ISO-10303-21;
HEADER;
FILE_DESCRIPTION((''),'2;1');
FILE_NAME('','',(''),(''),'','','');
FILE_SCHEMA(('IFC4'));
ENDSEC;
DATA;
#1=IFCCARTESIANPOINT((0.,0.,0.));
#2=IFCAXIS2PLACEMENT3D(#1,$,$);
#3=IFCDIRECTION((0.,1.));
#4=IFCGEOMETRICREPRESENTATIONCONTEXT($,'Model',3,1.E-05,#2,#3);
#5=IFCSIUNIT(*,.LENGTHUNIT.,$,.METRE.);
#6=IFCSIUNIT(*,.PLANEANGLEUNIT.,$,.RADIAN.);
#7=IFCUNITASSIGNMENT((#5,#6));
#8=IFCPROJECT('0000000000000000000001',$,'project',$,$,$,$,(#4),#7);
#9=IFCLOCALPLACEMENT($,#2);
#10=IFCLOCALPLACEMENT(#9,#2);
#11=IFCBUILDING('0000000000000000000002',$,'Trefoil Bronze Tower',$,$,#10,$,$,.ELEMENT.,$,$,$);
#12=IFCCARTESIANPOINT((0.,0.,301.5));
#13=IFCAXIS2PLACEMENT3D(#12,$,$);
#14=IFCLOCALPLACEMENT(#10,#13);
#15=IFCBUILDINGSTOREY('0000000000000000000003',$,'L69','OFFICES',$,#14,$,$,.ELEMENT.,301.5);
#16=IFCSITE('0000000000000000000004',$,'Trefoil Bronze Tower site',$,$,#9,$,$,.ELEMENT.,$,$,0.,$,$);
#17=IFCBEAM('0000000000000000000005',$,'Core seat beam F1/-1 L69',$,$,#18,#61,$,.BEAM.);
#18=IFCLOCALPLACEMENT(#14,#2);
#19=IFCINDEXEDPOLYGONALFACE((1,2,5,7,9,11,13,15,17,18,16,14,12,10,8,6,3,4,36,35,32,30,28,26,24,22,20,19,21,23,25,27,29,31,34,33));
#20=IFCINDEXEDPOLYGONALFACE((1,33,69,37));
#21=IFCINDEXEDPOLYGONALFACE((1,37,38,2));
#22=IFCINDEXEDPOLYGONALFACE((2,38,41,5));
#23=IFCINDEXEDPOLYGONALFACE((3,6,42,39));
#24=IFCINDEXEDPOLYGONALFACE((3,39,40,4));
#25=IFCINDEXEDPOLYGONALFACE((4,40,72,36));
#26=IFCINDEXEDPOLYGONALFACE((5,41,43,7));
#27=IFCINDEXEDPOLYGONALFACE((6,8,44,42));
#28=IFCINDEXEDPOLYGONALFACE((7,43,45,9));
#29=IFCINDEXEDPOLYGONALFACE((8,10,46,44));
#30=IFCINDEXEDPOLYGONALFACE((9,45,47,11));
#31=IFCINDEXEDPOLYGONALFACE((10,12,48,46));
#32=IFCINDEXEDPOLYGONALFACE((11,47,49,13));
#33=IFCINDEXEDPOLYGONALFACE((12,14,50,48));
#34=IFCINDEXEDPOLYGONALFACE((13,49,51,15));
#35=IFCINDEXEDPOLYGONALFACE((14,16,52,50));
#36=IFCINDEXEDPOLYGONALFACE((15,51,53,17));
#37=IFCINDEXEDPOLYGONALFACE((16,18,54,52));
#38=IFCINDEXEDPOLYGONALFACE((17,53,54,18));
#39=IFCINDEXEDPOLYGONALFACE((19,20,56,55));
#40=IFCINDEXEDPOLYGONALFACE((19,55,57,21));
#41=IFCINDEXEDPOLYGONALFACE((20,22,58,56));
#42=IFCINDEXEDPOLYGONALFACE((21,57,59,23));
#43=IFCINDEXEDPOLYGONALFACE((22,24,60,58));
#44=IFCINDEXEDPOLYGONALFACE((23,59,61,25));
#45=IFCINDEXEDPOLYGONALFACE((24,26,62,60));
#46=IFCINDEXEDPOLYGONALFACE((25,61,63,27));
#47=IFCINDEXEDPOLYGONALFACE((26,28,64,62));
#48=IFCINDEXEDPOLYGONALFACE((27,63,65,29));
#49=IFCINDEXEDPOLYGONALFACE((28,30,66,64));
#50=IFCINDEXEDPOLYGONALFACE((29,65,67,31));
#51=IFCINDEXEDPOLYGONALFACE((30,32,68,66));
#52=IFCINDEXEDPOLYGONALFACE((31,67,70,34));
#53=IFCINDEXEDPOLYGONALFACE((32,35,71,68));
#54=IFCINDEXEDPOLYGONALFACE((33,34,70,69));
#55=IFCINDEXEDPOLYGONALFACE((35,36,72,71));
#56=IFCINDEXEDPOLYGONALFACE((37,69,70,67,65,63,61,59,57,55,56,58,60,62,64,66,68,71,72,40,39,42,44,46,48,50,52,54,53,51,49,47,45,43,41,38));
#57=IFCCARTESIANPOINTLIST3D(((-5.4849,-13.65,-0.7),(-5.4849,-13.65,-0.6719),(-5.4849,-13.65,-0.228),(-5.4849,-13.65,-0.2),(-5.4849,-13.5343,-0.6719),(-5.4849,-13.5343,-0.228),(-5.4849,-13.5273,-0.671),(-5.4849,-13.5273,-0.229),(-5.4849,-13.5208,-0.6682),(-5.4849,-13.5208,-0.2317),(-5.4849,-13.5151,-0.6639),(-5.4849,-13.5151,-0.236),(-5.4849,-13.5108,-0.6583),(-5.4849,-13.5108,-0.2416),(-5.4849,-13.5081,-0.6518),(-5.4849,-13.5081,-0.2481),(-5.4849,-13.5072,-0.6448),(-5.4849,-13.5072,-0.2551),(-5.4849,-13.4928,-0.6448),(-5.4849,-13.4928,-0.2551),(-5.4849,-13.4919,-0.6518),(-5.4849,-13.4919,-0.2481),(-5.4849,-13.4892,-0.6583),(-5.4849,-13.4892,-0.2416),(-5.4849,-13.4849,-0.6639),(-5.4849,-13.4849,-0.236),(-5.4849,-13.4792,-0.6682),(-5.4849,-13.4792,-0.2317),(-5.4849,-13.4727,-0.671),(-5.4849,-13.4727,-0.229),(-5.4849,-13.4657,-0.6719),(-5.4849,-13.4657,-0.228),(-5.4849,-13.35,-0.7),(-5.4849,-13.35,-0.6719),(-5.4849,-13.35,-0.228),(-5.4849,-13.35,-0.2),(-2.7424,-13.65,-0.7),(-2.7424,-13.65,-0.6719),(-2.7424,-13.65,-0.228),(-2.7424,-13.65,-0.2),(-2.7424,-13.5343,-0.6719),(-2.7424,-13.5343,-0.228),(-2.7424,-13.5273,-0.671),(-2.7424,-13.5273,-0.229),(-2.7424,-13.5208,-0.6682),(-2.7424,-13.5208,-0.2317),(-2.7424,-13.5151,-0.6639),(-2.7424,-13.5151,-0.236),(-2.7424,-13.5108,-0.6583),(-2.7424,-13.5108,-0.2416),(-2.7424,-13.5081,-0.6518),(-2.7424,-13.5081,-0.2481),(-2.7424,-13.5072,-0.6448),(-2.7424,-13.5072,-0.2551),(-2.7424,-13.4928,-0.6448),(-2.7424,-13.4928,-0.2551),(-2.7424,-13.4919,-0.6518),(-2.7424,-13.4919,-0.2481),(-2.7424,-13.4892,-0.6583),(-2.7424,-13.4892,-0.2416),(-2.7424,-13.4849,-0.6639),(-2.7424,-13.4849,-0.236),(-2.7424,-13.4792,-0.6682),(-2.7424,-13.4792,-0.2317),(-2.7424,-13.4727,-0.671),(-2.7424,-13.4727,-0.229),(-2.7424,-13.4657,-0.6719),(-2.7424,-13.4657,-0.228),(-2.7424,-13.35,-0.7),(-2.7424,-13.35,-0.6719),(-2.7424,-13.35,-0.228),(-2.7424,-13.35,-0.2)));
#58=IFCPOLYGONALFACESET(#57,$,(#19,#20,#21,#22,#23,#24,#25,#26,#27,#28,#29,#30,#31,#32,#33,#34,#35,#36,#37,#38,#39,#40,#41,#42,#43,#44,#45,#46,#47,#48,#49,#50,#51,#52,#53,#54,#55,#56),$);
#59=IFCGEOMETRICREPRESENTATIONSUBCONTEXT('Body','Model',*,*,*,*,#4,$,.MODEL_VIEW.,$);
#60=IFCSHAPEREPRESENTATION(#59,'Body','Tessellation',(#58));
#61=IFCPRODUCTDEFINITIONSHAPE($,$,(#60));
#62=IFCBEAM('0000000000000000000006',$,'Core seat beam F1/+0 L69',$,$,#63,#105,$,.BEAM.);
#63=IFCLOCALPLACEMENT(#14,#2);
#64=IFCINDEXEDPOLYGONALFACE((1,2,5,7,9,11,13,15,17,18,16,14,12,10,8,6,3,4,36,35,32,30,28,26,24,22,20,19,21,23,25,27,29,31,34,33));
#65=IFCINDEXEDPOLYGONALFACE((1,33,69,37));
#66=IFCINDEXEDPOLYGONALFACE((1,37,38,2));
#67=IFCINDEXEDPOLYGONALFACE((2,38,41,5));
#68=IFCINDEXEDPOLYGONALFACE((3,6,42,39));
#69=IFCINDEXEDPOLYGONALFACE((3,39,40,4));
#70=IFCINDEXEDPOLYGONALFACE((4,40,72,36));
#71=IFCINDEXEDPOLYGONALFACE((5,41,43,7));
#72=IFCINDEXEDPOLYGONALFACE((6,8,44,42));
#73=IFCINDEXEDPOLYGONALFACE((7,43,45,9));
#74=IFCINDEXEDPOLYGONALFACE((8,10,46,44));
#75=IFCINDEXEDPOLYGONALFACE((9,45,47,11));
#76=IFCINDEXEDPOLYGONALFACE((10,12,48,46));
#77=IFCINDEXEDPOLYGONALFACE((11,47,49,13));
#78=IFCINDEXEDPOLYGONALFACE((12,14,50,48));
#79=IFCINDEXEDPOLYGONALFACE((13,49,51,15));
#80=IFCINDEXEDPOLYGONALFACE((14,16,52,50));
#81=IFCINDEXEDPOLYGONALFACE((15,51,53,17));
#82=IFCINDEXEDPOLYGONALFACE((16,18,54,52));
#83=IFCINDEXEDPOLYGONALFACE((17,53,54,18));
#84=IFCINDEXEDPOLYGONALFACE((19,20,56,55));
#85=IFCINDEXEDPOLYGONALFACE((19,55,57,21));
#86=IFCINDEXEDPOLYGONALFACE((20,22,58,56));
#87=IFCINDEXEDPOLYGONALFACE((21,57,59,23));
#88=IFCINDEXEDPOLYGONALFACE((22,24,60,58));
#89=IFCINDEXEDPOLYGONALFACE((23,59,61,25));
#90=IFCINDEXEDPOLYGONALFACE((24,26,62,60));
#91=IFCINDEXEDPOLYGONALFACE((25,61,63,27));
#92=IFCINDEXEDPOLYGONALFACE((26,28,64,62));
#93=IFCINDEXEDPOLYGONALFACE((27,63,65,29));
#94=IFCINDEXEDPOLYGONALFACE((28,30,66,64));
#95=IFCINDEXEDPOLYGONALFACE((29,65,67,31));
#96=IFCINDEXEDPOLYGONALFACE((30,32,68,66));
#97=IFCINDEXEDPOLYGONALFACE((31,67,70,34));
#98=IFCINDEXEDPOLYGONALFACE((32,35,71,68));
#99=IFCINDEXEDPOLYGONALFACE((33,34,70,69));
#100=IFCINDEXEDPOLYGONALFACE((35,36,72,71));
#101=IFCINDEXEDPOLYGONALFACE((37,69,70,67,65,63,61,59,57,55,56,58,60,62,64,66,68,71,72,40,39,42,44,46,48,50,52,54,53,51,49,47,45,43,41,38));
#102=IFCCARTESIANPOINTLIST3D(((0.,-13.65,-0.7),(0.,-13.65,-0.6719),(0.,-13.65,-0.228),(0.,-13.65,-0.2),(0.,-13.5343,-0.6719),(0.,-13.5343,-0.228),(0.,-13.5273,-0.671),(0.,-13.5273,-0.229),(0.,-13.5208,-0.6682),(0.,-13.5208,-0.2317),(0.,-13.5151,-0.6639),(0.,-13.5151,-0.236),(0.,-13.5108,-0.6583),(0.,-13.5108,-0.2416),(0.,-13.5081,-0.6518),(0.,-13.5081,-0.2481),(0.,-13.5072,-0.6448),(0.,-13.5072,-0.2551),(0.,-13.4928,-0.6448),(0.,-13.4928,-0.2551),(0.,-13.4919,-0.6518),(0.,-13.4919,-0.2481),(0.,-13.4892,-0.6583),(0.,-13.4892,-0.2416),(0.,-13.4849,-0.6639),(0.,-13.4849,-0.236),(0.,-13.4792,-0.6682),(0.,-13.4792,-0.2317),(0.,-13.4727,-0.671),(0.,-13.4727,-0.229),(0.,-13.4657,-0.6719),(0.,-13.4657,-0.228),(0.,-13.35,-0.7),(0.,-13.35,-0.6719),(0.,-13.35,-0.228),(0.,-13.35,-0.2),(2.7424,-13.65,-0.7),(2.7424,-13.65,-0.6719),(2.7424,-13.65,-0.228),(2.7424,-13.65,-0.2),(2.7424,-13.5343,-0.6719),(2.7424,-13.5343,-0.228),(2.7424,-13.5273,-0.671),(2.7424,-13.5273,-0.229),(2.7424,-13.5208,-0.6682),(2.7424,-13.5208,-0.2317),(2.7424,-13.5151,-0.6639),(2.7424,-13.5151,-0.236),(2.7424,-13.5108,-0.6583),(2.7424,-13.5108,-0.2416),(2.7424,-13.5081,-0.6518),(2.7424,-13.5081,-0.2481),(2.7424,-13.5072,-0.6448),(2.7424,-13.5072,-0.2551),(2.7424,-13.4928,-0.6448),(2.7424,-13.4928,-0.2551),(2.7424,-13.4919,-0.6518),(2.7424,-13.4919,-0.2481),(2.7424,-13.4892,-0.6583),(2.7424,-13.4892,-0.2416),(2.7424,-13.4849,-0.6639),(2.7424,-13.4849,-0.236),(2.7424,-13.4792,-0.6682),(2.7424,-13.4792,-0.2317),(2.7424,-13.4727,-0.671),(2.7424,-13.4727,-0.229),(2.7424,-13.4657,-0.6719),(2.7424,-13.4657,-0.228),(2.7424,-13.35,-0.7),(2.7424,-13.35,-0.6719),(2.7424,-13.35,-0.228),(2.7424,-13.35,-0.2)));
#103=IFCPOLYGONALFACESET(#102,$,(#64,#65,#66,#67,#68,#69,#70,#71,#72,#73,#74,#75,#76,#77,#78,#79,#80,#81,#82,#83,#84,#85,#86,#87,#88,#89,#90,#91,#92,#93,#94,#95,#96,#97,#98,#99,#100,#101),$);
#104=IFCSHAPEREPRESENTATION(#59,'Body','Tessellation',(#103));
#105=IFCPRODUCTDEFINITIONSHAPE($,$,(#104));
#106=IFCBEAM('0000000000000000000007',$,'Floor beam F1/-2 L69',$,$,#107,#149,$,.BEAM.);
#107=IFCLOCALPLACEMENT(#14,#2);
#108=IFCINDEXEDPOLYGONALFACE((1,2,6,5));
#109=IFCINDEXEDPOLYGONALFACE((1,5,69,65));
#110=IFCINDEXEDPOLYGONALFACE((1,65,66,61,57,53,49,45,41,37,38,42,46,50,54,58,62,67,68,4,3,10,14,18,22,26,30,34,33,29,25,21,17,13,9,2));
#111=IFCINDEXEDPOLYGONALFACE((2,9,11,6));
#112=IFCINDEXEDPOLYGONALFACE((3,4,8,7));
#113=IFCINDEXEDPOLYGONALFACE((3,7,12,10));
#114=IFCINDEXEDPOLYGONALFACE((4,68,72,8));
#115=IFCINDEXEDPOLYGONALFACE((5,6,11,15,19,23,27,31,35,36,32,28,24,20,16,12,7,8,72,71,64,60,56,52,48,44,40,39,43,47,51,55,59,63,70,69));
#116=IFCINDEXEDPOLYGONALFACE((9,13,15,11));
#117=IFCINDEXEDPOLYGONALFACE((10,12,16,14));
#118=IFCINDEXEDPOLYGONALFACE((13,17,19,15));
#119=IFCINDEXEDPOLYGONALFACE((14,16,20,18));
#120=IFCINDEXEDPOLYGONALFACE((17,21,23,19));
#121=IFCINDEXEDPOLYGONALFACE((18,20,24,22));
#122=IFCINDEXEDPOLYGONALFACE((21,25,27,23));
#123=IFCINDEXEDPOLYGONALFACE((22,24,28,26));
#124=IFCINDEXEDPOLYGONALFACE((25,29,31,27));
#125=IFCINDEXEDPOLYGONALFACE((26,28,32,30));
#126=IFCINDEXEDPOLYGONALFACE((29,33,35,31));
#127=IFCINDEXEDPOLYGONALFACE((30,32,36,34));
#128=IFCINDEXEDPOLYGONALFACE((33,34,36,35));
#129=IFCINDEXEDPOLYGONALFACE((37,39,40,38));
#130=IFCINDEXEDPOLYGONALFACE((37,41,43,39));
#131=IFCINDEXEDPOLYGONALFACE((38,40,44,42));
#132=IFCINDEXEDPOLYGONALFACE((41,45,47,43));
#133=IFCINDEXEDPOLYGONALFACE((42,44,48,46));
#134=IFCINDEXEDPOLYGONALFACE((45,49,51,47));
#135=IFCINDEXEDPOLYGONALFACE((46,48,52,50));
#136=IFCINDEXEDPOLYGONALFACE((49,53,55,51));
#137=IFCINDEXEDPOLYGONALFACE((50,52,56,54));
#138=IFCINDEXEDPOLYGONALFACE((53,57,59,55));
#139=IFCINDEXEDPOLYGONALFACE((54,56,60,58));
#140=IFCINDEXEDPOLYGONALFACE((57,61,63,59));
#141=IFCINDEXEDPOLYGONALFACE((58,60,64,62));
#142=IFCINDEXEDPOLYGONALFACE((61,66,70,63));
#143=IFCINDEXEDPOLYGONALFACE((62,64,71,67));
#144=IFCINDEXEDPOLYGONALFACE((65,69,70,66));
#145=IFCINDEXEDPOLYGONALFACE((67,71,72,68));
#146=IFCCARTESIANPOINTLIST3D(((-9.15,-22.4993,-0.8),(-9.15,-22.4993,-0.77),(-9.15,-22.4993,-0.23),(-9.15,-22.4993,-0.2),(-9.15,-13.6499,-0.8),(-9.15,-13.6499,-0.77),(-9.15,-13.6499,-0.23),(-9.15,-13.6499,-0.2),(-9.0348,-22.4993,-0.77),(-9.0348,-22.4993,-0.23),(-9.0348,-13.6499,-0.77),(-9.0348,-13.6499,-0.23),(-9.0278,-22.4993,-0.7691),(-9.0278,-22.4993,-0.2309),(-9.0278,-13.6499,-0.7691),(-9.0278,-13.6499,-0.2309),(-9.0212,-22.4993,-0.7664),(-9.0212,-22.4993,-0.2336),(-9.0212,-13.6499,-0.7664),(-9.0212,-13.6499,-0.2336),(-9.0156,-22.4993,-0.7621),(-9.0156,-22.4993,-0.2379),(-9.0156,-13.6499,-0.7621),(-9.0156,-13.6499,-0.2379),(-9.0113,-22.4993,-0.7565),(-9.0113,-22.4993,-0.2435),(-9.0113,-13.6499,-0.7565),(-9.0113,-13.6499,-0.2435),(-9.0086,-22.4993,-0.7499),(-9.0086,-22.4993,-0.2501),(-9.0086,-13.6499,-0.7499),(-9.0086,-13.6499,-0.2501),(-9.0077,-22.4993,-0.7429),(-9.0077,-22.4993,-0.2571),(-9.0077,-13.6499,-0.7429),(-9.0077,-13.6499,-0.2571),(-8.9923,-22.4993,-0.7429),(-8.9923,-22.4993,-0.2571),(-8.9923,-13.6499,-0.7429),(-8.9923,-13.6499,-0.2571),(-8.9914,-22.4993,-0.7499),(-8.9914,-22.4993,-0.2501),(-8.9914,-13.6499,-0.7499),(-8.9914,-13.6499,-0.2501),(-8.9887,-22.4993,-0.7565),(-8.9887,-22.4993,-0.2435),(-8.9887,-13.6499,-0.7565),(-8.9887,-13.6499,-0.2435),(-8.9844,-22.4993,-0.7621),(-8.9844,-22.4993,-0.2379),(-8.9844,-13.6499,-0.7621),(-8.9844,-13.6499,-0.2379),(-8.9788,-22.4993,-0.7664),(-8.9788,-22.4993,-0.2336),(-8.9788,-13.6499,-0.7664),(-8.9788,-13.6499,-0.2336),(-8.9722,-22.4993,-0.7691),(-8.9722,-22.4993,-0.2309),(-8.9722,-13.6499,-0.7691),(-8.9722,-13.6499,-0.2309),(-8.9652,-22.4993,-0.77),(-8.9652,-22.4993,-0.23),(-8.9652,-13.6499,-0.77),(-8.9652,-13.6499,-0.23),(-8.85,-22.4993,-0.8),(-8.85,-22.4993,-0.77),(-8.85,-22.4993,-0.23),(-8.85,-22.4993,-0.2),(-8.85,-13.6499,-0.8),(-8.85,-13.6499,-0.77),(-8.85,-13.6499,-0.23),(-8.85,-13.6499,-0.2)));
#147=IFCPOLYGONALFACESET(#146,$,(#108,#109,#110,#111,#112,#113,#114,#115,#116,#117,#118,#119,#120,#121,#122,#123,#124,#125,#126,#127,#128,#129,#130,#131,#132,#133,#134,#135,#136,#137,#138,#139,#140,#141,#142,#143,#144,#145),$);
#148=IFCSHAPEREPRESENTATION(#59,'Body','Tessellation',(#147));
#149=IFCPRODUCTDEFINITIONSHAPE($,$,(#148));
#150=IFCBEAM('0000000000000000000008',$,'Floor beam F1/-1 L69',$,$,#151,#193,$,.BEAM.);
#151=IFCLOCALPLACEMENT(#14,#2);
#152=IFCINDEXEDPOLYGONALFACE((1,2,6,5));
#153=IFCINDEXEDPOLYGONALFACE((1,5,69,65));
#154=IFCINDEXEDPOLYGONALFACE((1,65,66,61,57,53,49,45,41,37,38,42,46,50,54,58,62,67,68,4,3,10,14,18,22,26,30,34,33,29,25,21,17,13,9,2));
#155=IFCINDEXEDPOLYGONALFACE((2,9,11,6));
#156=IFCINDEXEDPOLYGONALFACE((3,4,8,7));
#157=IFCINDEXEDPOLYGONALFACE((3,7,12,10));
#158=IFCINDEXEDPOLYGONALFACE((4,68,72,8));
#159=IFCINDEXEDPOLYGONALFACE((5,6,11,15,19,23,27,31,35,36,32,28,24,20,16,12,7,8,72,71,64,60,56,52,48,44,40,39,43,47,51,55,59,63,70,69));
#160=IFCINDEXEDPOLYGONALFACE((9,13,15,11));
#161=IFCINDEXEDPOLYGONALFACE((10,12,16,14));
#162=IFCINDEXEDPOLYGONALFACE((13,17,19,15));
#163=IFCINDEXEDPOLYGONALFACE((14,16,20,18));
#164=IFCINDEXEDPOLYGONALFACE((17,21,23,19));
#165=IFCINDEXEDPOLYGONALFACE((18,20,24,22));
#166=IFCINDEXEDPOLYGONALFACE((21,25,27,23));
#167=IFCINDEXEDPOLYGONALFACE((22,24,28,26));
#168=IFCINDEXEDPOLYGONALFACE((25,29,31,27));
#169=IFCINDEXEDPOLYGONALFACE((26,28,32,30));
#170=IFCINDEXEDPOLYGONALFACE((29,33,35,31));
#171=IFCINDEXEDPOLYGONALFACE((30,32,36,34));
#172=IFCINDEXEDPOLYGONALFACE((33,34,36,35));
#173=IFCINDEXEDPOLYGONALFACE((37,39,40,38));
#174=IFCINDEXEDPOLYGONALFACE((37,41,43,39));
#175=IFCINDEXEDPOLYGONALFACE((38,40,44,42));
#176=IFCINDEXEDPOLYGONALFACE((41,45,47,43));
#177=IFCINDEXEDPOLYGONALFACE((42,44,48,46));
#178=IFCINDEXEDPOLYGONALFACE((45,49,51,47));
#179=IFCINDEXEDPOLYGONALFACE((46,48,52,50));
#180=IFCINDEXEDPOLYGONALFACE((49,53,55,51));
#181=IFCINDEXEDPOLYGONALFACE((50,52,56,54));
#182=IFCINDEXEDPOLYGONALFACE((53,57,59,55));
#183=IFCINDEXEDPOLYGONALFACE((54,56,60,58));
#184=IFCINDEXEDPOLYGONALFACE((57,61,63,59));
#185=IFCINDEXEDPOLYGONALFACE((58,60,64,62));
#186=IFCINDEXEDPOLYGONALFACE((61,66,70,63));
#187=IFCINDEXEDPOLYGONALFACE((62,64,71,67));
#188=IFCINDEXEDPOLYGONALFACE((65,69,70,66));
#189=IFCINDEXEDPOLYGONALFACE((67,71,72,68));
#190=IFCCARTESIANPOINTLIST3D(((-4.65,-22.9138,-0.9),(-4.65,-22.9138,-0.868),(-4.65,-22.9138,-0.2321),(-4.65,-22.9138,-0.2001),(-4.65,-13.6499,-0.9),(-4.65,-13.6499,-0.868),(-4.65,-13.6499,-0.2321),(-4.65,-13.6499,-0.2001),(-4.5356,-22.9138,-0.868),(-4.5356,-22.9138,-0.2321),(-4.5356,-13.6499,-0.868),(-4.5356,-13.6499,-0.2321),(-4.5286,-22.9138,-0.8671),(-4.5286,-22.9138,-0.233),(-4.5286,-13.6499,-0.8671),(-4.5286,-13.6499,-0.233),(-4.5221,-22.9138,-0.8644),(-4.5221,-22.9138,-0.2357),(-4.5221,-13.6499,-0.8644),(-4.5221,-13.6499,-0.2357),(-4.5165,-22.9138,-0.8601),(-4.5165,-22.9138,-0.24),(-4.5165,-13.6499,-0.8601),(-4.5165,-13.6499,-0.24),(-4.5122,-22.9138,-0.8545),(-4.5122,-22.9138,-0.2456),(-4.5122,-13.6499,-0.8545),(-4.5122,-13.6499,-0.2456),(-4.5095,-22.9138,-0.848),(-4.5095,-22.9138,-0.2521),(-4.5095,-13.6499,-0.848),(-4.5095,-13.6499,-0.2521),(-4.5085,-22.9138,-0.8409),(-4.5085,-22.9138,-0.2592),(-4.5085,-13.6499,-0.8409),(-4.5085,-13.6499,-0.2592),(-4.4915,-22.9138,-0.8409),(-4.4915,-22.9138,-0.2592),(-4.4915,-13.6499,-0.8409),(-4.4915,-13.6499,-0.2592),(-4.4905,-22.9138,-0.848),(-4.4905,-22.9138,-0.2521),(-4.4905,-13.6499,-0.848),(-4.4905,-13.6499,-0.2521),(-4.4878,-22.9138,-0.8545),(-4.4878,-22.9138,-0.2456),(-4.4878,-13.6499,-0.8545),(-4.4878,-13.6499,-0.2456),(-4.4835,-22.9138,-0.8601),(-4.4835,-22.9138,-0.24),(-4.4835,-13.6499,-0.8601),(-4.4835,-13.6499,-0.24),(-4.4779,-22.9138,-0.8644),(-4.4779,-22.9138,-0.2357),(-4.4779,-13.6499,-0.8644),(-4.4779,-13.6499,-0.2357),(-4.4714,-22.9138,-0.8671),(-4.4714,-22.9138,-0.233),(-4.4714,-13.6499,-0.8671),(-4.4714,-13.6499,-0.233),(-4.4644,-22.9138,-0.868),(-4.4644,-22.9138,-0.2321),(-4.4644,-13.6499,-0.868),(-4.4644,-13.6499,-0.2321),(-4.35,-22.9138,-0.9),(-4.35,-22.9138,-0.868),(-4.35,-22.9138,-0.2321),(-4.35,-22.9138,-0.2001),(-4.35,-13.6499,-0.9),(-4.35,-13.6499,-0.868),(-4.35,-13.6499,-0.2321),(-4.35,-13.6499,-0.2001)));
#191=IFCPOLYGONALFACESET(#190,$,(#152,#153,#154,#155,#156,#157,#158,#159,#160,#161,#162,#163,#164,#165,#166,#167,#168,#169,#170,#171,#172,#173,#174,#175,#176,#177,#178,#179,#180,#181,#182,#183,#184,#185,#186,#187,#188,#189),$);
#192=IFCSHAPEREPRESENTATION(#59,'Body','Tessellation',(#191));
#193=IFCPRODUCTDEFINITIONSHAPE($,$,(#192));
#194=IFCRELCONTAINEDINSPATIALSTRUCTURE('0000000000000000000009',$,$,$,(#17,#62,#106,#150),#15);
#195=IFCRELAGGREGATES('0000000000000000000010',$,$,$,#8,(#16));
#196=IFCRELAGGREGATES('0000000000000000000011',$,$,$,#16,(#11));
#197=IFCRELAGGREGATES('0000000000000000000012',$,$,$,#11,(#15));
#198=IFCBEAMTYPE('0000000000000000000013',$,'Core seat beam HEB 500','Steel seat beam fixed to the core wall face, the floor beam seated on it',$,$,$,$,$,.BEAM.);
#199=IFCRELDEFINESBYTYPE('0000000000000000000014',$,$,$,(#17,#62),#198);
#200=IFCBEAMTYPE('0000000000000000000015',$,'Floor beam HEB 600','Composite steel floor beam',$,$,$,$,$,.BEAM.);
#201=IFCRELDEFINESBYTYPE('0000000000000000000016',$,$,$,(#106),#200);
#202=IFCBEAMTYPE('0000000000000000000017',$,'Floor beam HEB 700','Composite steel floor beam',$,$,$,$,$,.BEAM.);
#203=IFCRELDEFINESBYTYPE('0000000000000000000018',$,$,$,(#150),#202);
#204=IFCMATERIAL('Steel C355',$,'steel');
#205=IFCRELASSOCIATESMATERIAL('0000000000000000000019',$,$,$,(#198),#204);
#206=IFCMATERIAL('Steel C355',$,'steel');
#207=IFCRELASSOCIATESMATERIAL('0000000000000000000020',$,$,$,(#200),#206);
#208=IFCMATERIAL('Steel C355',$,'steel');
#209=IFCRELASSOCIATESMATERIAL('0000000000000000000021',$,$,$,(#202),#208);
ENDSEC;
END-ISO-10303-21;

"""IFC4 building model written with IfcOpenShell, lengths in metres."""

from ifc_helpers import new_model, si_unit, direction, frame, origin, origin_2d, place, context, subcontext, project, spatial, i_section, extrude, material, material_profile, profile_set, type_object, element, save


model = new_model("IFC4")

# Units and contexts
model_context = context("Model", 3, precision=1e-05, world=origin(), true_north=direction((0.0, 1.0)))
body_context = subcontext(model_context, "Body", "Model", "MODEL_VIEW")
ifc_project = project(units=[si_unit("LENGTHUNIT", "METRE"), si_unit("PLANEANGLEUNIT", "RADIAN")], contexts=[model_context])

# Site, building, storey
site_placement = place(None, origin())
site = spatial("IfcSite", under=ifc_project, at=site_placement, Name="Trefoil Bronze Tower site", CompositionType="ELEMENT", RefElevation=0.0)
building_placement = place(site_placement, origin())
building = spatial("IfcBuilding", under=site, at=building_placement, Name="Trefoil Bronze Tower", CompositionType="ELEMENT")
storey_placement = place(building_placement, frame((0.0, 0.0, 301.5)))
storey = spatial("IfcBuildingStorey", under=building, at=storey_placement, Name="L69", Description="OFFICES", CompositionType="ELEMENT", Elevation=301.5)

# Beams
ifc_material_1 = material(Name="Steel C355", Category="steel")
ifc_material_profile_1 = material_profile(ifc_material_1, i_section(OverallWidth=0.3, OverallDepth=0.5, WebThickness=0.0144, FlangeThickness=0.0281, FilletRadius=0.0271, at=origin_2d()), Name="HEB 500")
ifc_profile_set_1 = profile_set([ifc_material_profile_1], Name="Steel C355")
beam_type_1 = type_object("IfcBeamType", Name="Core seat beam HEB 500", Description="Steel seat beam fixed to the core wall face, the floor beam seated on it", PredefinedType="BEAM", material=ifc_profile_set_1)
for number, where, z_axis, x_axis, name in (
    (1, (-5.4849, -13.5, -0.45), (1.0, 0.0, 0.0), (0.0, 1.0, 0.0), "Core seat beam F1/-1 L69"),
    (2, (0.0, -13.5, -0.45), (1.0, 0.0, 0.0), (0.0, 1.0, 0.0), "Core seat beam F1/+0 L69"),
):
    element("IfcBeam", number, at=place(storey_placement, frame(where, z_axis=z_axis, x_axis=x_axis)), inside=storey, type_object=beam_type_1, Name=name, PredefinedType="BEAM", context=body_context, shape_type="SweptSolid", body=[
        extrude(i_section(OverallWidth=0.3, OverallDepth=0.5, WebThickness=0.0144, FlangeThickness=0.0281, FilletRadius=0.0271, at=origin_2d()), origin(), (0.0, 0.0, 1.0), 2.7424),
    ])
ifc_material_2 = material(Name="Steel C355", Category="steel")
ifc_material_profile_2 = material_profile(ifc_material_2, i_section(OverallWidth=0.3, OverallDepth=0.6001, WebThickness=0.0154, FlangeThickness=0.03, FilletRadius=0.0271, at=origin_2d()), Name="HEB 600")
ifc_profile_set_2 = profile_set([ifc_material_profile_2], Name="Steel C355")
beam_type_2 = type_object("IfcBeamType", Name="Floor beam HEB 600", Description="Composite steel floor beam", PredefinedType="BEAM", material=ifc_profile_set_2)
beam_1_placement = place(storey_placement, frame((-9.0, -22.4993, -0.5), z_axis=(0.0, 1.0, 0.0), x_axis=(-1.0, 0.0, 0.0)))
element("IfcBeam", 3, at=beam_1_placement, inside=storey, type_object=beam_type_2, Name="Floor beam F1/-2 L69", PredefinedType="BEAM", context=body_context, shape_type="SweptSolid", body=[
    extrude(i_section(OverallWidth=0.3, OverallDepth=0.6001, WebThickness=0.0154, FlangeThickness=0.03, FilletRadius=0.0271, at=origin_2d()), origin(), (0.0, 0.0, 1.0), 8.8494),
])
ifc_material_3 = material(Name="Steel C355", Category="steel")
ifc_material_profile_3 = material_profile(ifc_material_3, i_section(OverallWidth=0.3, OverallDepth=0.7, WebThickness=0.0171, FlangeThickness=0.032, FilletRadius=0.0271, at=origin_2d()), Name="HEB 700")
ifc_profile_set_3 = profile_set([ifc_material_profile_3], Name="Steel C355")
beam_type_3 = type_object("IfcBeamType", Name="Floor beam HEB 700", Description="Composite steel floor beam", PredefinedType="BEAM", material=ifc_profile_set_3)
beam_2_placement = place(storey_placement, frame((-4.5, -22.9138, -0.55), z_axis=(0.0, 1.0, 0.0), x_axis=(-1.0, 0.0, 0.0)))
element("IfcBeam", 4, at=beam_2_placement, inside=storey, type_object=beam_type_3, Name="Floor beam F1/-1 L69", PredefinedType="BEAM", context=body_context, shape_type="SweptSolid", body=[
    extrude(i_section(OverallWidth=0.3, OverallDepth=0.7, WebThickness=0.0171, FlangeThickness=0.032, FilletRadius=0.0271, at=origin_2d()), origin(), (0.0, 0.0, 1.0), 9.2639),
])

save(model, "model.ifc")
